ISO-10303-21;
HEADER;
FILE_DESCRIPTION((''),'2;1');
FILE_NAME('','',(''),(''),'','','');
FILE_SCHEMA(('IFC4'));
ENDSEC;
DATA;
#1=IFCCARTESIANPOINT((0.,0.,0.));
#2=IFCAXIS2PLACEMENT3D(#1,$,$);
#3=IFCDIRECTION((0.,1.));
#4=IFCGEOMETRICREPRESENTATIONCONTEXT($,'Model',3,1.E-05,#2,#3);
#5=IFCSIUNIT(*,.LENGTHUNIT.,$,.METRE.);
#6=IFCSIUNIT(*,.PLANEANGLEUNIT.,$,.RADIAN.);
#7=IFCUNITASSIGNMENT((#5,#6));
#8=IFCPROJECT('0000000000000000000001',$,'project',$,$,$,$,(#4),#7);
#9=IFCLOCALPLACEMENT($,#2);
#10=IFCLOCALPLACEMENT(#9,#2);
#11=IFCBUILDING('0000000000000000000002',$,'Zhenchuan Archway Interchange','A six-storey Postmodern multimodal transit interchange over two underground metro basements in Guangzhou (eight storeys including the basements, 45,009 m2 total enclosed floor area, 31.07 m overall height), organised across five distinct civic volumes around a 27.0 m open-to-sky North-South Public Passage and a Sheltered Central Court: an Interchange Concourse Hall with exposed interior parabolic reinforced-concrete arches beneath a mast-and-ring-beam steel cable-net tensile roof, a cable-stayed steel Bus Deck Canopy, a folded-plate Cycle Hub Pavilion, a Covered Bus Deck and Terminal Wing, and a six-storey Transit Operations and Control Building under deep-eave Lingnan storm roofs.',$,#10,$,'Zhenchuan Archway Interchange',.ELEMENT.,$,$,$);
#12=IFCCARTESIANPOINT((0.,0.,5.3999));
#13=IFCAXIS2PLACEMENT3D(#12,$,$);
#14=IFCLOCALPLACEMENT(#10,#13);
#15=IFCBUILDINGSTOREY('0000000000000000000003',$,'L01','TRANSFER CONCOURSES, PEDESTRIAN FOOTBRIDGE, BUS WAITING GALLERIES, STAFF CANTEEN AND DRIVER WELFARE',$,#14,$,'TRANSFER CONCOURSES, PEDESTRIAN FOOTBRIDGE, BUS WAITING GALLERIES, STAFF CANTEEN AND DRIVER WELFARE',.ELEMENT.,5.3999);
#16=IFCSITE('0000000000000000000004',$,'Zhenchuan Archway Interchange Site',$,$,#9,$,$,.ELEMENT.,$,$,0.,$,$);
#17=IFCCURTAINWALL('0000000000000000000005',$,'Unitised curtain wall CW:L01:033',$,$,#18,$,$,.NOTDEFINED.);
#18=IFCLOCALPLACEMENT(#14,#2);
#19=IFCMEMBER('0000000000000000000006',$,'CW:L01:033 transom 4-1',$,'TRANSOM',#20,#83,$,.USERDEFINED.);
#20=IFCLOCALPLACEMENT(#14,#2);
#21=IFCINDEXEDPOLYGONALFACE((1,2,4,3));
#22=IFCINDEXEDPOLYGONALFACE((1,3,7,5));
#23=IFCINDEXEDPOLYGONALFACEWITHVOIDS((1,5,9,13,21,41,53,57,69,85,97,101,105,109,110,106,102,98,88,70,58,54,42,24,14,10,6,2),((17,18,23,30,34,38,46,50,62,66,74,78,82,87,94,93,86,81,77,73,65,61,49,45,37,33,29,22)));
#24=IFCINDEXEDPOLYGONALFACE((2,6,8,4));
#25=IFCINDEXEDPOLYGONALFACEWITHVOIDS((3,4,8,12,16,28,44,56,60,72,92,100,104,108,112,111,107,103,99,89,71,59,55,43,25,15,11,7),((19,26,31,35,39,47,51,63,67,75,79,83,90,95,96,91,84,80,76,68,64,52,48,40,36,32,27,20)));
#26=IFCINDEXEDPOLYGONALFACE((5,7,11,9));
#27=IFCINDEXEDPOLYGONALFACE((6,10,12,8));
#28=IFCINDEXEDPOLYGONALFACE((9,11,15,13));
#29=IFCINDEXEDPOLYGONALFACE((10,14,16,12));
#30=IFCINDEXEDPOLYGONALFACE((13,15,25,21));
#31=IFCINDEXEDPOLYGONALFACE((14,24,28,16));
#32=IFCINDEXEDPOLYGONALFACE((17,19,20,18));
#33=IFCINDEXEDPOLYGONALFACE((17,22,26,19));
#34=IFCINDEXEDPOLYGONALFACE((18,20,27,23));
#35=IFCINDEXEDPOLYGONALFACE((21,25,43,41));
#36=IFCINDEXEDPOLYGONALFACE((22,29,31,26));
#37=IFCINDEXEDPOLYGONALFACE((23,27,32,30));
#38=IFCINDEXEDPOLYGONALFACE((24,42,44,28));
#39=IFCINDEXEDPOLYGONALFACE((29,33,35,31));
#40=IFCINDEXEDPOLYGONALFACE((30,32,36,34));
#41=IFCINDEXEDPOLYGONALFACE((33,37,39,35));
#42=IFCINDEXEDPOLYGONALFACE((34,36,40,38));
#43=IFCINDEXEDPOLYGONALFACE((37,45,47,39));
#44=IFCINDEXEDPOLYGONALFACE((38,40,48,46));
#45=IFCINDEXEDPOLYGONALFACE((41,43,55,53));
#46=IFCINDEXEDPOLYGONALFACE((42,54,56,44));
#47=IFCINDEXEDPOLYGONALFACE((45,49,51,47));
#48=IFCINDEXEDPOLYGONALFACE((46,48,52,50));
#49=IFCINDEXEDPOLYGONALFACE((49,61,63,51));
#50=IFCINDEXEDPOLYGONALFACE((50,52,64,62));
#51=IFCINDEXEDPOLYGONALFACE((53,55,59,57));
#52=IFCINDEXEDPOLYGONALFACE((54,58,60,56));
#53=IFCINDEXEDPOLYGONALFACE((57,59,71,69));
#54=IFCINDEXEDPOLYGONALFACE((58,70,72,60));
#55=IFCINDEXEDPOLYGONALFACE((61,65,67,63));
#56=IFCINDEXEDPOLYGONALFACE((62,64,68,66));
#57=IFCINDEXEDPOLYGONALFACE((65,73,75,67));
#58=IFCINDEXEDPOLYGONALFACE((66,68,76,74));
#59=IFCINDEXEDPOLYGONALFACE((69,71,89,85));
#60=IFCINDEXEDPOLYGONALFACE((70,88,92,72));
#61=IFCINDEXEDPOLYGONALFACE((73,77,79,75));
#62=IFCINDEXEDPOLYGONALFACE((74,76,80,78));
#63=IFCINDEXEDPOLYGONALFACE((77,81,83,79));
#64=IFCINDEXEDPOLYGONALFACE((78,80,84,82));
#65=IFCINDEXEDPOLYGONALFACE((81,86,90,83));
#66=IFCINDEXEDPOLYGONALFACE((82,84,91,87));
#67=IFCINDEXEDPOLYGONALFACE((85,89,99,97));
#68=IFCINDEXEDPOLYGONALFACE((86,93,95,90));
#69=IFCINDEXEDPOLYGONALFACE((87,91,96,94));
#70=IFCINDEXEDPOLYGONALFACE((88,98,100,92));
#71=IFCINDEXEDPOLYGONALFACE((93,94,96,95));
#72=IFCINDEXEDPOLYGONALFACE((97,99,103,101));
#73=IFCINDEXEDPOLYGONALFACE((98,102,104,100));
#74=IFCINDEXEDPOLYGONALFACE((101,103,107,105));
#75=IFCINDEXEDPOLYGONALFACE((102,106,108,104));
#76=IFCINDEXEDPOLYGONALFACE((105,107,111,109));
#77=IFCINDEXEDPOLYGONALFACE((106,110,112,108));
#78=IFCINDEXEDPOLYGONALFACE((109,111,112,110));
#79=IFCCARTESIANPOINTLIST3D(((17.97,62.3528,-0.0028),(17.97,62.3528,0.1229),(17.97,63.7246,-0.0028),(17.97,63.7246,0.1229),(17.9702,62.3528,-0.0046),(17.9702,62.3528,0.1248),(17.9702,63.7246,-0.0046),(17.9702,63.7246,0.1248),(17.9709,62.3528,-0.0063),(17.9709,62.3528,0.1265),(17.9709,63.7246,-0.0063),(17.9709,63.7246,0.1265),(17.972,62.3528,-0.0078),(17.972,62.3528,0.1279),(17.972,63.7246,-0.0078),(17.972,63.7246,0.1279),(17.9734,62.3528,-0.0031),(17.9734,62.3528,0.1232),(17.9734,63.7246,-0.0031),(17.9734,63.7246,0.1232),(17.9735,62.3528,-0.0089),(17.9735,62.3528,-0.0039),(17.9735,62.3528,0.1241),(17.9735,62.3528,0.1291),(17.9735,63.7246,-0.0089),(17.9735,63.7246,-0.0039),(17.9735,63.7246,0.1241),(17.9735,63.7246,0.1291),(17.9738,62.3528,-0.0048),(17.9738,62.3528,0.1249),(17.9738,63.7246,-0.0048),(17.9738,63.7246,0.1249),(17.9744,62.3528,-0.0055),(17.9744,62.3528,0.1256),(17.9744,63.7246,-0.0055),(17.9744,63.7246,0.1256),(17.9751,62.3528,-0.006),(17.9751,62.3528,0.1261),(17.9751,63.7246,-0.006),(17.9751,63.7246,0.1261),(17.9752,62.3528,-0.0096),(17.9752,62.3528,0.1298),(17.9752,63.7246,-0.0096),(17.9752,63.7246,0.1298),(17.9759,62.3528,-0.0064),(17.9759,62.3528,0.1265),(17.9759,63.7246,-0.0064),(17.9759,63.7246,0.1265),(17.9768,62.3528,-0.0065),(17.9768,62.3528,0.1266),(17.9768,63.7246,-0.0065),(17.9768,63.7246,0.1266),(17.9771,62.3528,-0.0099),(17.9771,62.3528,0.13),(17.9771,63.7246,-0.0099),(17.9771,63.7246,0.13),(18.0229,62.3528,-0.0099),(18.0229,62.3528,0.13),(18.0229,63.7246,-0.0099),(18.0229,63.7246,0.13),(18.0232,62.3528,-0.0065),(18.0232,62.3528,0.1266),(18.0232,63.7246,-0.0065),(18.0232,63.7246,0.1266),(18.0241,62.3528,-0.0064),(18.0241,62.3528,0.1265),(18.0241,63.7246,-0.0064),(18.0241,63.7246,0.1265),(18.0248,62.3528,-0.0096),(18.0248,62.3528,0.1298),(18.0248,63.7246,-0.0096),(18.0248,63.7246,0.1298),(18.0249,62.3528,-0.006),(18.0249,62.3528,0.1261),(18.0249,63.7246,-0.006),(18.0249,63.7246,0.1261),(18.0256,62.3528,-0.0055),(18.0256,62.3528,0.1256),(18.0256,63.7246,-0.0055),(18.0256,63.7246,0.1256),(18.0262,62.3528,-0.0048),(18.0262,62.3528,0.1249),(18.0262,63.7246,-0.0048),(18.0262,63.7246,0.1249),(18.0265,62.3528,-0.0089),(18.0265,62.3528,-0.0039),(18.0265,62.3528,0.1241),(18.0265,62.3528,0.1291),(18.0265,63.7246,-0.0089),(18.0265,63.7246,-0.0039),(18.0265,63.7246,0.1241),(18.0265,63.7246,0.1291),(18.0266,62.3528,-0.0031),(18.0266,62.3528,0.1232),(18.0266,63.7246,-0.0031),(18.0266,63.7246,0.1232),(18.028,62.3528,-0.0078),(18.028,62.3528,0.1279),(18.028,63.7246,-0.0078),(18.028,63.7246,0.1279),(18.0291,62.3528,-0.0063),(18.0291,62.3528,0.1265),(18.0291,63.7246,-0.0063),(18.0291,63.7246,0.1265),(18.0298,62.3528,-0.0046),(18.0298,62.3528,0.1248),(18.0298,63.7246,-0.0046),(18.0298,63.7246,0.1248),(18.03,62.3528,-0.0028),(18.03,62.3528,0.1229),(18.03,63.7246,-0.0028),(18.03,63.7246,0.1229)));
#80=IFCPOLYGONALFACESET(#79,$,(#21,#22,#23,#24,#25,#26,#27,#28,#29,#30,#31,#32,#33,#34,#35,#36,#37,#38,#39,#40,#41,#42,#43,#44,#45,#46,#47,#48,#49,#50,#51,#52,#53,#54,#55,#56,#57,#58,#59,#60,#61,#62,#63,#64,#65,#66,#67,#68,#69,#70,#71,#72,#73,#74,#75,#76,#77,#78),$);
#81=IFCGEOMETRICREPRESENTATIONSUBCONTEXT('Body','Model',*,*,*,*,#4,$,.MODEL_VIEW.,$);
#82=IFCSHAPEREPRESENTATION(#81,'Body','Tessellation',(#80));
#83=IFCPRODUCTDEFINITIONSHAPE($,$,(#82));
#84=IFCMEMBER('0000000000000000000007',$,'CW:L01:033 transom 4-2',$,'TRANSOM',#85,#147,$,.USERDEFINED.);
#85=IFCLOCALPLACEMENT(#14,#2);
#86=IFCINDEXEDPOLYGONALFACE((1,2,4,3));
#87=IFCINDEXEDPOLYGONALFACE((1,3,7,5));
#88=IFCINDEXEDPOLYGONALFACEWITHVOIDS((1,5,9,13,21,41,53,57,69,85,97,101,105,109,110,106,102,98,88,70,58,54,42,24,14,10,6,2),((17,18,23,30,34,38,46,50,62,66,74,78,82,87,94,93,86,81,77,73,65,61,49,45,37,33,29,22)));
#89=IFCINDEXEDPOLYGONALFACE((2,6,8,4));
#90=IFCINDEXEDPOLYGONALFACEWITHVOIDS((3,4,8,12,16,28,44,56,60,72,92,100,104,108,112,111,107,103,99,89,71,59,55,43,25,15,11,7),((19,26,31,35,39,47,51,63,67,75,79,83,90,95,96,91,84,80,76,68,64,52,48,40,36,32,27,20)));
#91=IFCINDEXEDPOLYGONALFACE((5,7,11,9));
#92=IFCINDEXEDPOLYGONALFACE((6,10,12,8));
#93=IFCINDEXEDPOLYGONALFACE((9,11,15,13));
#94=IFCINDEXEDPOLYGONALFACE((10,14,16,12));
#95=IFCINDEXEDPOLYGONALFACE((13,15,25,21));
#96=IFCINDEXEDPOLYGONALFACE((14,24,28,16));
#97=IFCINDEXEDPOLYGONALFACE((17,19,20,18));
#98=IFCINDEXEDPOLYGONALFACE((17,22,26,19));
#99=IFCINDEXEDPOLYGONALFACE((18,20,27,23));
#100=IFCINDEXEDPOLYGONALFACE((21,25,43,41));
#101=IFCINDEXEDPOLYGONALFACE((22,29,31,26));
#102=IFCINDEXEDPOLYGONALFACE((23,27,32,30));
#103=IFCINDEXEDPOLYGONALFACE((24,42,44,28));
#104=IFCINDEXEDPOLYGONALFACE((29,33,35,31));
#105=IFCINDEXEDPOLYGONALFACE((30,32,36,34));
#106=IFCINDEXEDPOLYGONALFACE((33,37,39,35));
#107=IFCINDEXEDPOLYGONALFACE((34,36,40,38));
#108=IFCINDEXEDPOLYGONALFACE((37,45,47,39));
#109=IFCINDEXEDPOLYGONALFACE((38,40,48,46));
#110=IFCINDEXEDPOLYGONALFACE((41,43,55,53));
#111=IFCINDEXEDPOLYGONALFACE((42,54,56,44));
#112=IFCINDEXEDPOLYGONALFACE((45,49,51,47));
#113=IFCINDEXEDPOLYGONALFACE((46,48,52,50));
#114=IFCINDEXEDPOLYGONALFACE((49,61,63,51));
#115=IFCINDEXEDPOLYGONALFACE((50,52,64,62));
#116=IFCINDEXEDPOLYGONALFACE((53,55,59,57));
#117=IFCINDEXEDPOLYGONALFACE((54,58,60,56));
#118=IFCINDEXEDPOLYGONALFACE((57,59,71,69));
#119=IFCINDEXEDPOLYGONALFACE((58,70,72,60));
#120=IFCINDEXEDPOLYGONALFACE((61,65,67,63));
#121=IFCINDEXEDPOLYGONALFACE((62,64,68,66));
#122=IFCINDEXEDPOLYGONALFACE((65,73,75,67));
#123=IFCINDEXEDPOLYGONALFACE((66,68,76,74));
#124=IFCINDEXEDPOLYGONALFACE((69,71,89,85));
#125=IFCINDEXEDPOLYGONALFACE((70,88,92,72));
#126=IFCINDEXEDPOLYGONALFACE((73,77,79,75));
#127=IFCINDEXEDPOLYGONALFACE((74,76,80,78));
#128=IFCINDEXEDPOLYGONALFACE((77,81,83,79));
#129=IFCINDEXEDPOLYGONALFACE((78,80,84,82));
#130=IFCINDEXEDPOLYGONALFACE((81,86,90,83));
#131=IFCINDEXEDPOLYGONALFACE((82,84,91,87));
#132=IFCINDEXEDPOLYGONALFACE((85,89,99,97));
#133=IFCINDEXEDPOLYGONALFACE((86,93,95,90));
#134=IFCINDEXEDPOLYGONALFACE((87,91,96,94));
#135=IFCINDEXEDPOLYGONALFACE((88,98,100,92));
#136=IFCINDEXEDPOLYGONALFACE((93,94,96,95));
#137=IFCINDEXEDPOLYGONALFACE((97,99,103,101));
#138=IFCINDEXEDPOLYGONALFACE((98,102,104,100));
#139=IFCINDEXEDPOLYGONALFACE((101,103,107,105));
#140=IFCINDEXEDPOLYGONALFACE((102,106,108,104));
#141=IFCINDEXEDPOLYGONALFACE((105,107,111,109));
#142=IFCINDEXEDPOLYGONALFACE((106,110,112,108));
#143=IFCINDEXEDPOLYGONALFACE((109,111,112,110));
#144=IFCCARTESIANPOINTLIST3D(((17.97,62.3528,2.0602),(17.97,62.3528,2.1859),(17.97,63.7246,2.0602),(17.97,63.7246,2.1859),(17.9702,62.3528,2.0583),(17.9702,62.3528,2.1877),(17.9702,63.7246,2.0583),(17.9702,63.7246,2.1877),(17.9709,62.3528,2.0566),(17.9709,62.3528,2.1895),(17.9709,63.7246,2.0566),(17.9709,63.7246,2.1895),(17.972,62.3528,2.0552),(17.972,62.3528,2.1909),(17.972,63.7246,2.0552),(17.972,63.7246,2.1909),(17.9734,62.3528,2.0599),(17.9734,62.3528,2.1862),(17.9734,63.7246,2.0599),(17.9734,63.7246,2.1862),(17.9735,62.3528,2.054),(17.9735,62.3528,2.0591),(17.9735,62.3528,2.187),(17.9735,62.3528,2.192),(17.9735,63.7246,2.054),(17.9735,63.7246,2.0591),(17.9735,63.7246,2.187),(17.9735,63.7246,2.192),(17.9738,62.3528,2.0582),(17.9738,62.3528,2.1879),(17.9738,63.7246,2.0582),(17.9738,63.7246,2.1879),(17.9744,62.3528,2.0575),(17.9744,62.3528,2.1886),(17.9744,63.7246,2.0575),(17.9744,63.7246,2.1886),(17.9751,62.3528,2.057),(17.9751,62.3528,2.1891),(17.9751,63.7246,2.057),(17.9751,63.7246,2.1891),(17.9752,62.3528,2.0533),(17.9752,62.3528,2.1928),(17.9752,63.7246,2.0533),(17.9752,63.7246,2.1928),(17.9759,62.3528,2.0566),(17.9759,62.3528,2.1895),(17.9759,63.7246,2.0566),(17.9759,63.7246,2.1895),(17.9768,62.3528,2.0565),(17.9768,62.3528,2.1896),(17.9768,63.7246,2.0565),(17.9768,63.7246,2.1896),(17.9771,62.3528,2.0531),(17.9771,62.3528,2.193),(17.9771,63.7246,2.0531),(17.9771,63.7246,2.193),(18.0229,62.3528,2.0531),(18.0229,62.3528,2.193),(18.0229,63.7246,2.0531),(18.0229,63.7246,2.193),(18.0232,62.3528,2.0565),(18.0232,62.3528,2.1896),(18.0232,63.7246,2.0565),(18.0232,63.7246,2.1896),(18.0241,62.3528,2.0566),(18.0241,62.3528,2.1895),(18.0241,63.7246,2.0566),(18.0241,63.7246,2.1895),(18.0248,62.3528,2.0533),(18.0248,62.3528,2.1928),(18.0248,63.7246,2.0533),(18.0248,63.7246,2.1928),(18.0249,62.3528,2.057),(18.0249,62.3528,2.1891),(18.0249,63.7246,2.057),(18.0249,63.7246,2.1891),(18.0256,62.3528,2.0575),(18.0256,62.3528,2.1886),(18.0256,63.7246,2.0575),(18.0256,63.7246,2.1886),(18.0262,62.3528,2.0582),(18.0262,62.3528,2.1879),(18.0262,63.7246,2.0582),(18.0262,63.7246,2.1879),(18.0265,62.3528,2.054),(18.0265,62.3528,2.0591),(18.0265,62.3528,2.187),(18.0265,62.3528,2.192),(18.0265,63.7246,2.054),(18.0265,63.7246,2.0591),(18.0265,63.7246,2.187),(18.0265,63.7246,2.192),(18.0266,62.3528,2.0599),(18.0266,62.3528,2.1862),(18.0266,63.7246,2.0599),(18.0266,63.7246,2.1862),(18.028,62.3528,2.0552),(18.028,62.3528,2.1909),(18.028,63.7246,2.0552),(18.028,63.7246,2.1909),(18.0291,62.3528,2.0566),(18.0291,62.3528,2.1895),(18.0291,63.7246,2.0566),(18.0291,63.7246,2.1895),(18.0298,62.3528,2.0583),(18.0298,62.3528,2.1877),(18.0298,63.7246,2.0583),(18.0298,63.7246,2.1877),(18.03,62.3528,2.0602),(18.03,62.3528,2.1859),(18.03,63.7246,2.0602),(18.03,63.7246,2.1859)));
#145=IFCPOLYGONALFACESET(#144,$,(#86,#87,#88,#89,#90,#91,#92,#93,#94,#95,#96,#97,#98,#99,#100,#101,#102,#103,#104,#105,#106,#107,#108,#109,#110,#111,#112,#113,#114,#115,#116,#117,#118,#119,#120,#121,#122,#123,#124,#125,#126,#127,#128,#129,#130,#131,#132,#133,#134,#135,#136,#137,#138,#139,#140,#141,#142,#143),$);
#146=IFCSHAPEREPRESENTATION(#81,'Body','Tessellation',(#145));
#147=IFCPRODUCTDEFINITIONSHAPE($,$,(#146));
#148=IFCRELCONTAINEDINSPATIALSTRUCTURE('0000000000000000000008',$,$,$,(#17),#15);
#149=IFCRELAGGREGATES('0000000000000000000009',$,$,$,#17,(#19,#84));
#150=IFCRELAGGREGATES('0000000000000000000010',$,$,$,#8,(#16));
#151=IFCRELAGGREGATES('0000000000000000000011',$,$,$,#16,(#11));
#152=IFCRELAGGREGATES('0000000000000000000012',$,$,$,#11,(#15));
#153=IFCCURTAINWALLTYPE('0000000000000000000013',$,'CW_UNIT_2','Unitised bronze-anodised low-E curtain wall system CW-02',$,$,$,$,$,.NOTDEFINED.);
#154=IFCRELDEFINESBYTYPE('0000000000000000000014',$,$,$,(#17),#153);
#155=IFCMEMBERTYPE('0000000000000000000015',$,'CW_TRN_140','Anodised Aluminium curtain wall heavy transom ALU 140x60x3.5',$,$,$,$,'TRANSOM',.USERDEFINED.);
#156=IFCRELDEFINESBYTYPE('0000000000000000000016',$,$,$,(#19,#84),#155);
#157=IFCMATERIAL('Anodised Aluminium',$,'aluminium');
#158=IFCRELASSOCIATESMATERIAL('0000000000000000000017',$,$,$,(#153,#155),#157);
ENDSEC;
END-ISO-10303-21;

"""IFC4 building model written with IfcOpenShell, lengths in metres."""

from ifc_helpers import new_model, si_unit, direction, frame, origin, origin_2d, place, context, subcontext, project, spatial, hollow_rectangle, extrude, material, material_profile, profile_set, type_object, element, aggregate, save


model = new_model("IFC4")

# Units and contexts
model_context = context("Model", 3, precision=1e-05, world=origin(), true_north=direction((0.0, 1.0)))
body_context = subcontext(model_context, "Body", "Model", "MODEL_VIEW")
ifc_project = project(units=[si_unit("LENGTHUNIT", "METRE"), si_unit("PLANEANGLEUNIT", "RADIAN")], contexts=[model_context])

# Site, building, storey
site_placement = place(None, origin())
site = spatial("IfcSite", under=ifc_project, at=site_placement, Name="Zhenchuan Archway Interchange Site", CompositionType="ELEMENT", RefElevation=0.0)
building_placement = place(site_placement, origin())
building = spatial("IfcBuilding", under=site, at=building_placement, Name="Zhenchuan Archway Interchange", Description="A six-storey Postmodern multimodal transit interchange over two underground metro basements in Guangzhou (eight storeys including the basements, 45,009 m2 total enclosed floor area, 31.07 m overall height), organised across five distinct civic volumes around a 27.0 m open-to-sky North-South Public Passage and a Sheltered Central Court: an Interchange Concourse Hall with exposed interior parabolic reinforced-concrete arches beneath a mast-and-ring-beam steel cable-net tensile roof, a cable-stayed steel Bus Deck Canopy, a folded-plate Cycle Hub Pavilion, a Covered Bus Deck and Terminal Wing, and a six-storey Transit Operations and Control Building under deep-eave Lingnan storm roofs.", LongName="Zhenchuan Archway Interchange", CompositionType="ELEMENT")
storey_placement = place(building_placement, frame((0.0, 0.0, 5.3999)))
storey = spatial("IfcBuildingStorey", under=building, at=storey_placement, Name="L01", Description="TRANSFER CONCOURSES, PEDESTRIAN FOOTBRIDGE, BUS WAITING GALLERIES, STAFF CANTEEN AND DRIVER WELFARE", LongName="TRANSFER CONCOURSES, PEDESTRIAN FOOTBRIDGE, BUS WAITING GALLERIES, STAFF CANTEEN AND DRIVER WELFARE", CompositionType="ELEMENT", Elevation=5.3999)

# Curtain wall
ifc_material_1 = material(Name="Anodised Aluminium", Category="aluminium")
curtain_wall_type_1 = type_object("IfcCurtainWallType", Name="CW_UNIT_2", Description="Unitised bronze-anodised low-E curtain wall system CW-02", PredefinedType="NOTDEFINED", material=ifc_material_1)
curtain_wall_1_placement = place(storey_placement, origin())
curtain_wall_1 = element("IfcCurtainWall", 1, at=curtain_wall_1_placement, inside=storey, type_object=curtain_wall_type_1, Name="Unitised curtain wall CW:L01:033", PredefinedType="NOTDEFINED")

# Members
ifc_material_profile_1 = material_profile(ifc_material_1, hollow_rectangle(XDim=0.0601, YDim=0.1399, WallThickness=0.0034, InnerFilletRadius=0.0034, OuterFilletRadius=0.0071, at=origin_2d()), Name="ALU 140x60x3.5")
ifc_profile_set_1 = profile_set([ifc_material_profile_1], Name="Anodised Aluminium")
member_type_1 = type_object("IfcMemberType", Name="CW_TRN_140", Description="Anodised Aluminium curtain wall heavy transom ALU 140x60x3.5", ElementType="TRANSOM", PredefinedType="USERDEFINED", material=ifc_profile_set_1)
member_1_placement = place(storey_placement, frame((18.0, 62.3528, 0.0601), z_axis=(0.0, 1.0, 0.0), x_axis=(-1.0, 0.0, 0.0)))
member_1 = element("IfcMember", 2, at=member_1_placement, type_object=member_type_1, Name="CW:L01:033 transom 4-1", ObjectType="TRANSOM", PredefinedType="USERDEFINED", context=body_context, shape_type="SweptSolid", body=[
    extrude(hollow_rectangle(XDim=0.0601, YDim=0.1399, WallThickness=0.0034, InnerFilletRadius=0.0034, OuterFilletRadius=0.0071, at=origin_2d()), origin(), (0.0, 0.0, 1.0), 1.3718),
])
member_2_placement = place(storey_placement, frame((18.0, 62.3528, 2.123), z_axis=(0.0, 1.0, 0.0), x_axis=(-1.0, 0.0, 0.0)))
member_2 = element("IfcMember", 3, at=member_2_placement, type_object=member_type_1, Name="CW:L01:033 transom 4-2", ObjectType="TRANSOM", PredefinedType="USERDEFINED", context=body_context, shape_type="SweptSolid", body=[
    extrude(hollow_rectangle(XDim=0.0601, YDim=0.1399, WallThickness=0.0034, InnerFilletRadius=0.0034, OuterFilletRadius=0.0071, at=origin_2d()), origin(), (0.0, 0.0, 1.0), 1.3718),
])

aggregate(curtain_wall_1, [member_1, member_2])

save(model, "model.ifc")
